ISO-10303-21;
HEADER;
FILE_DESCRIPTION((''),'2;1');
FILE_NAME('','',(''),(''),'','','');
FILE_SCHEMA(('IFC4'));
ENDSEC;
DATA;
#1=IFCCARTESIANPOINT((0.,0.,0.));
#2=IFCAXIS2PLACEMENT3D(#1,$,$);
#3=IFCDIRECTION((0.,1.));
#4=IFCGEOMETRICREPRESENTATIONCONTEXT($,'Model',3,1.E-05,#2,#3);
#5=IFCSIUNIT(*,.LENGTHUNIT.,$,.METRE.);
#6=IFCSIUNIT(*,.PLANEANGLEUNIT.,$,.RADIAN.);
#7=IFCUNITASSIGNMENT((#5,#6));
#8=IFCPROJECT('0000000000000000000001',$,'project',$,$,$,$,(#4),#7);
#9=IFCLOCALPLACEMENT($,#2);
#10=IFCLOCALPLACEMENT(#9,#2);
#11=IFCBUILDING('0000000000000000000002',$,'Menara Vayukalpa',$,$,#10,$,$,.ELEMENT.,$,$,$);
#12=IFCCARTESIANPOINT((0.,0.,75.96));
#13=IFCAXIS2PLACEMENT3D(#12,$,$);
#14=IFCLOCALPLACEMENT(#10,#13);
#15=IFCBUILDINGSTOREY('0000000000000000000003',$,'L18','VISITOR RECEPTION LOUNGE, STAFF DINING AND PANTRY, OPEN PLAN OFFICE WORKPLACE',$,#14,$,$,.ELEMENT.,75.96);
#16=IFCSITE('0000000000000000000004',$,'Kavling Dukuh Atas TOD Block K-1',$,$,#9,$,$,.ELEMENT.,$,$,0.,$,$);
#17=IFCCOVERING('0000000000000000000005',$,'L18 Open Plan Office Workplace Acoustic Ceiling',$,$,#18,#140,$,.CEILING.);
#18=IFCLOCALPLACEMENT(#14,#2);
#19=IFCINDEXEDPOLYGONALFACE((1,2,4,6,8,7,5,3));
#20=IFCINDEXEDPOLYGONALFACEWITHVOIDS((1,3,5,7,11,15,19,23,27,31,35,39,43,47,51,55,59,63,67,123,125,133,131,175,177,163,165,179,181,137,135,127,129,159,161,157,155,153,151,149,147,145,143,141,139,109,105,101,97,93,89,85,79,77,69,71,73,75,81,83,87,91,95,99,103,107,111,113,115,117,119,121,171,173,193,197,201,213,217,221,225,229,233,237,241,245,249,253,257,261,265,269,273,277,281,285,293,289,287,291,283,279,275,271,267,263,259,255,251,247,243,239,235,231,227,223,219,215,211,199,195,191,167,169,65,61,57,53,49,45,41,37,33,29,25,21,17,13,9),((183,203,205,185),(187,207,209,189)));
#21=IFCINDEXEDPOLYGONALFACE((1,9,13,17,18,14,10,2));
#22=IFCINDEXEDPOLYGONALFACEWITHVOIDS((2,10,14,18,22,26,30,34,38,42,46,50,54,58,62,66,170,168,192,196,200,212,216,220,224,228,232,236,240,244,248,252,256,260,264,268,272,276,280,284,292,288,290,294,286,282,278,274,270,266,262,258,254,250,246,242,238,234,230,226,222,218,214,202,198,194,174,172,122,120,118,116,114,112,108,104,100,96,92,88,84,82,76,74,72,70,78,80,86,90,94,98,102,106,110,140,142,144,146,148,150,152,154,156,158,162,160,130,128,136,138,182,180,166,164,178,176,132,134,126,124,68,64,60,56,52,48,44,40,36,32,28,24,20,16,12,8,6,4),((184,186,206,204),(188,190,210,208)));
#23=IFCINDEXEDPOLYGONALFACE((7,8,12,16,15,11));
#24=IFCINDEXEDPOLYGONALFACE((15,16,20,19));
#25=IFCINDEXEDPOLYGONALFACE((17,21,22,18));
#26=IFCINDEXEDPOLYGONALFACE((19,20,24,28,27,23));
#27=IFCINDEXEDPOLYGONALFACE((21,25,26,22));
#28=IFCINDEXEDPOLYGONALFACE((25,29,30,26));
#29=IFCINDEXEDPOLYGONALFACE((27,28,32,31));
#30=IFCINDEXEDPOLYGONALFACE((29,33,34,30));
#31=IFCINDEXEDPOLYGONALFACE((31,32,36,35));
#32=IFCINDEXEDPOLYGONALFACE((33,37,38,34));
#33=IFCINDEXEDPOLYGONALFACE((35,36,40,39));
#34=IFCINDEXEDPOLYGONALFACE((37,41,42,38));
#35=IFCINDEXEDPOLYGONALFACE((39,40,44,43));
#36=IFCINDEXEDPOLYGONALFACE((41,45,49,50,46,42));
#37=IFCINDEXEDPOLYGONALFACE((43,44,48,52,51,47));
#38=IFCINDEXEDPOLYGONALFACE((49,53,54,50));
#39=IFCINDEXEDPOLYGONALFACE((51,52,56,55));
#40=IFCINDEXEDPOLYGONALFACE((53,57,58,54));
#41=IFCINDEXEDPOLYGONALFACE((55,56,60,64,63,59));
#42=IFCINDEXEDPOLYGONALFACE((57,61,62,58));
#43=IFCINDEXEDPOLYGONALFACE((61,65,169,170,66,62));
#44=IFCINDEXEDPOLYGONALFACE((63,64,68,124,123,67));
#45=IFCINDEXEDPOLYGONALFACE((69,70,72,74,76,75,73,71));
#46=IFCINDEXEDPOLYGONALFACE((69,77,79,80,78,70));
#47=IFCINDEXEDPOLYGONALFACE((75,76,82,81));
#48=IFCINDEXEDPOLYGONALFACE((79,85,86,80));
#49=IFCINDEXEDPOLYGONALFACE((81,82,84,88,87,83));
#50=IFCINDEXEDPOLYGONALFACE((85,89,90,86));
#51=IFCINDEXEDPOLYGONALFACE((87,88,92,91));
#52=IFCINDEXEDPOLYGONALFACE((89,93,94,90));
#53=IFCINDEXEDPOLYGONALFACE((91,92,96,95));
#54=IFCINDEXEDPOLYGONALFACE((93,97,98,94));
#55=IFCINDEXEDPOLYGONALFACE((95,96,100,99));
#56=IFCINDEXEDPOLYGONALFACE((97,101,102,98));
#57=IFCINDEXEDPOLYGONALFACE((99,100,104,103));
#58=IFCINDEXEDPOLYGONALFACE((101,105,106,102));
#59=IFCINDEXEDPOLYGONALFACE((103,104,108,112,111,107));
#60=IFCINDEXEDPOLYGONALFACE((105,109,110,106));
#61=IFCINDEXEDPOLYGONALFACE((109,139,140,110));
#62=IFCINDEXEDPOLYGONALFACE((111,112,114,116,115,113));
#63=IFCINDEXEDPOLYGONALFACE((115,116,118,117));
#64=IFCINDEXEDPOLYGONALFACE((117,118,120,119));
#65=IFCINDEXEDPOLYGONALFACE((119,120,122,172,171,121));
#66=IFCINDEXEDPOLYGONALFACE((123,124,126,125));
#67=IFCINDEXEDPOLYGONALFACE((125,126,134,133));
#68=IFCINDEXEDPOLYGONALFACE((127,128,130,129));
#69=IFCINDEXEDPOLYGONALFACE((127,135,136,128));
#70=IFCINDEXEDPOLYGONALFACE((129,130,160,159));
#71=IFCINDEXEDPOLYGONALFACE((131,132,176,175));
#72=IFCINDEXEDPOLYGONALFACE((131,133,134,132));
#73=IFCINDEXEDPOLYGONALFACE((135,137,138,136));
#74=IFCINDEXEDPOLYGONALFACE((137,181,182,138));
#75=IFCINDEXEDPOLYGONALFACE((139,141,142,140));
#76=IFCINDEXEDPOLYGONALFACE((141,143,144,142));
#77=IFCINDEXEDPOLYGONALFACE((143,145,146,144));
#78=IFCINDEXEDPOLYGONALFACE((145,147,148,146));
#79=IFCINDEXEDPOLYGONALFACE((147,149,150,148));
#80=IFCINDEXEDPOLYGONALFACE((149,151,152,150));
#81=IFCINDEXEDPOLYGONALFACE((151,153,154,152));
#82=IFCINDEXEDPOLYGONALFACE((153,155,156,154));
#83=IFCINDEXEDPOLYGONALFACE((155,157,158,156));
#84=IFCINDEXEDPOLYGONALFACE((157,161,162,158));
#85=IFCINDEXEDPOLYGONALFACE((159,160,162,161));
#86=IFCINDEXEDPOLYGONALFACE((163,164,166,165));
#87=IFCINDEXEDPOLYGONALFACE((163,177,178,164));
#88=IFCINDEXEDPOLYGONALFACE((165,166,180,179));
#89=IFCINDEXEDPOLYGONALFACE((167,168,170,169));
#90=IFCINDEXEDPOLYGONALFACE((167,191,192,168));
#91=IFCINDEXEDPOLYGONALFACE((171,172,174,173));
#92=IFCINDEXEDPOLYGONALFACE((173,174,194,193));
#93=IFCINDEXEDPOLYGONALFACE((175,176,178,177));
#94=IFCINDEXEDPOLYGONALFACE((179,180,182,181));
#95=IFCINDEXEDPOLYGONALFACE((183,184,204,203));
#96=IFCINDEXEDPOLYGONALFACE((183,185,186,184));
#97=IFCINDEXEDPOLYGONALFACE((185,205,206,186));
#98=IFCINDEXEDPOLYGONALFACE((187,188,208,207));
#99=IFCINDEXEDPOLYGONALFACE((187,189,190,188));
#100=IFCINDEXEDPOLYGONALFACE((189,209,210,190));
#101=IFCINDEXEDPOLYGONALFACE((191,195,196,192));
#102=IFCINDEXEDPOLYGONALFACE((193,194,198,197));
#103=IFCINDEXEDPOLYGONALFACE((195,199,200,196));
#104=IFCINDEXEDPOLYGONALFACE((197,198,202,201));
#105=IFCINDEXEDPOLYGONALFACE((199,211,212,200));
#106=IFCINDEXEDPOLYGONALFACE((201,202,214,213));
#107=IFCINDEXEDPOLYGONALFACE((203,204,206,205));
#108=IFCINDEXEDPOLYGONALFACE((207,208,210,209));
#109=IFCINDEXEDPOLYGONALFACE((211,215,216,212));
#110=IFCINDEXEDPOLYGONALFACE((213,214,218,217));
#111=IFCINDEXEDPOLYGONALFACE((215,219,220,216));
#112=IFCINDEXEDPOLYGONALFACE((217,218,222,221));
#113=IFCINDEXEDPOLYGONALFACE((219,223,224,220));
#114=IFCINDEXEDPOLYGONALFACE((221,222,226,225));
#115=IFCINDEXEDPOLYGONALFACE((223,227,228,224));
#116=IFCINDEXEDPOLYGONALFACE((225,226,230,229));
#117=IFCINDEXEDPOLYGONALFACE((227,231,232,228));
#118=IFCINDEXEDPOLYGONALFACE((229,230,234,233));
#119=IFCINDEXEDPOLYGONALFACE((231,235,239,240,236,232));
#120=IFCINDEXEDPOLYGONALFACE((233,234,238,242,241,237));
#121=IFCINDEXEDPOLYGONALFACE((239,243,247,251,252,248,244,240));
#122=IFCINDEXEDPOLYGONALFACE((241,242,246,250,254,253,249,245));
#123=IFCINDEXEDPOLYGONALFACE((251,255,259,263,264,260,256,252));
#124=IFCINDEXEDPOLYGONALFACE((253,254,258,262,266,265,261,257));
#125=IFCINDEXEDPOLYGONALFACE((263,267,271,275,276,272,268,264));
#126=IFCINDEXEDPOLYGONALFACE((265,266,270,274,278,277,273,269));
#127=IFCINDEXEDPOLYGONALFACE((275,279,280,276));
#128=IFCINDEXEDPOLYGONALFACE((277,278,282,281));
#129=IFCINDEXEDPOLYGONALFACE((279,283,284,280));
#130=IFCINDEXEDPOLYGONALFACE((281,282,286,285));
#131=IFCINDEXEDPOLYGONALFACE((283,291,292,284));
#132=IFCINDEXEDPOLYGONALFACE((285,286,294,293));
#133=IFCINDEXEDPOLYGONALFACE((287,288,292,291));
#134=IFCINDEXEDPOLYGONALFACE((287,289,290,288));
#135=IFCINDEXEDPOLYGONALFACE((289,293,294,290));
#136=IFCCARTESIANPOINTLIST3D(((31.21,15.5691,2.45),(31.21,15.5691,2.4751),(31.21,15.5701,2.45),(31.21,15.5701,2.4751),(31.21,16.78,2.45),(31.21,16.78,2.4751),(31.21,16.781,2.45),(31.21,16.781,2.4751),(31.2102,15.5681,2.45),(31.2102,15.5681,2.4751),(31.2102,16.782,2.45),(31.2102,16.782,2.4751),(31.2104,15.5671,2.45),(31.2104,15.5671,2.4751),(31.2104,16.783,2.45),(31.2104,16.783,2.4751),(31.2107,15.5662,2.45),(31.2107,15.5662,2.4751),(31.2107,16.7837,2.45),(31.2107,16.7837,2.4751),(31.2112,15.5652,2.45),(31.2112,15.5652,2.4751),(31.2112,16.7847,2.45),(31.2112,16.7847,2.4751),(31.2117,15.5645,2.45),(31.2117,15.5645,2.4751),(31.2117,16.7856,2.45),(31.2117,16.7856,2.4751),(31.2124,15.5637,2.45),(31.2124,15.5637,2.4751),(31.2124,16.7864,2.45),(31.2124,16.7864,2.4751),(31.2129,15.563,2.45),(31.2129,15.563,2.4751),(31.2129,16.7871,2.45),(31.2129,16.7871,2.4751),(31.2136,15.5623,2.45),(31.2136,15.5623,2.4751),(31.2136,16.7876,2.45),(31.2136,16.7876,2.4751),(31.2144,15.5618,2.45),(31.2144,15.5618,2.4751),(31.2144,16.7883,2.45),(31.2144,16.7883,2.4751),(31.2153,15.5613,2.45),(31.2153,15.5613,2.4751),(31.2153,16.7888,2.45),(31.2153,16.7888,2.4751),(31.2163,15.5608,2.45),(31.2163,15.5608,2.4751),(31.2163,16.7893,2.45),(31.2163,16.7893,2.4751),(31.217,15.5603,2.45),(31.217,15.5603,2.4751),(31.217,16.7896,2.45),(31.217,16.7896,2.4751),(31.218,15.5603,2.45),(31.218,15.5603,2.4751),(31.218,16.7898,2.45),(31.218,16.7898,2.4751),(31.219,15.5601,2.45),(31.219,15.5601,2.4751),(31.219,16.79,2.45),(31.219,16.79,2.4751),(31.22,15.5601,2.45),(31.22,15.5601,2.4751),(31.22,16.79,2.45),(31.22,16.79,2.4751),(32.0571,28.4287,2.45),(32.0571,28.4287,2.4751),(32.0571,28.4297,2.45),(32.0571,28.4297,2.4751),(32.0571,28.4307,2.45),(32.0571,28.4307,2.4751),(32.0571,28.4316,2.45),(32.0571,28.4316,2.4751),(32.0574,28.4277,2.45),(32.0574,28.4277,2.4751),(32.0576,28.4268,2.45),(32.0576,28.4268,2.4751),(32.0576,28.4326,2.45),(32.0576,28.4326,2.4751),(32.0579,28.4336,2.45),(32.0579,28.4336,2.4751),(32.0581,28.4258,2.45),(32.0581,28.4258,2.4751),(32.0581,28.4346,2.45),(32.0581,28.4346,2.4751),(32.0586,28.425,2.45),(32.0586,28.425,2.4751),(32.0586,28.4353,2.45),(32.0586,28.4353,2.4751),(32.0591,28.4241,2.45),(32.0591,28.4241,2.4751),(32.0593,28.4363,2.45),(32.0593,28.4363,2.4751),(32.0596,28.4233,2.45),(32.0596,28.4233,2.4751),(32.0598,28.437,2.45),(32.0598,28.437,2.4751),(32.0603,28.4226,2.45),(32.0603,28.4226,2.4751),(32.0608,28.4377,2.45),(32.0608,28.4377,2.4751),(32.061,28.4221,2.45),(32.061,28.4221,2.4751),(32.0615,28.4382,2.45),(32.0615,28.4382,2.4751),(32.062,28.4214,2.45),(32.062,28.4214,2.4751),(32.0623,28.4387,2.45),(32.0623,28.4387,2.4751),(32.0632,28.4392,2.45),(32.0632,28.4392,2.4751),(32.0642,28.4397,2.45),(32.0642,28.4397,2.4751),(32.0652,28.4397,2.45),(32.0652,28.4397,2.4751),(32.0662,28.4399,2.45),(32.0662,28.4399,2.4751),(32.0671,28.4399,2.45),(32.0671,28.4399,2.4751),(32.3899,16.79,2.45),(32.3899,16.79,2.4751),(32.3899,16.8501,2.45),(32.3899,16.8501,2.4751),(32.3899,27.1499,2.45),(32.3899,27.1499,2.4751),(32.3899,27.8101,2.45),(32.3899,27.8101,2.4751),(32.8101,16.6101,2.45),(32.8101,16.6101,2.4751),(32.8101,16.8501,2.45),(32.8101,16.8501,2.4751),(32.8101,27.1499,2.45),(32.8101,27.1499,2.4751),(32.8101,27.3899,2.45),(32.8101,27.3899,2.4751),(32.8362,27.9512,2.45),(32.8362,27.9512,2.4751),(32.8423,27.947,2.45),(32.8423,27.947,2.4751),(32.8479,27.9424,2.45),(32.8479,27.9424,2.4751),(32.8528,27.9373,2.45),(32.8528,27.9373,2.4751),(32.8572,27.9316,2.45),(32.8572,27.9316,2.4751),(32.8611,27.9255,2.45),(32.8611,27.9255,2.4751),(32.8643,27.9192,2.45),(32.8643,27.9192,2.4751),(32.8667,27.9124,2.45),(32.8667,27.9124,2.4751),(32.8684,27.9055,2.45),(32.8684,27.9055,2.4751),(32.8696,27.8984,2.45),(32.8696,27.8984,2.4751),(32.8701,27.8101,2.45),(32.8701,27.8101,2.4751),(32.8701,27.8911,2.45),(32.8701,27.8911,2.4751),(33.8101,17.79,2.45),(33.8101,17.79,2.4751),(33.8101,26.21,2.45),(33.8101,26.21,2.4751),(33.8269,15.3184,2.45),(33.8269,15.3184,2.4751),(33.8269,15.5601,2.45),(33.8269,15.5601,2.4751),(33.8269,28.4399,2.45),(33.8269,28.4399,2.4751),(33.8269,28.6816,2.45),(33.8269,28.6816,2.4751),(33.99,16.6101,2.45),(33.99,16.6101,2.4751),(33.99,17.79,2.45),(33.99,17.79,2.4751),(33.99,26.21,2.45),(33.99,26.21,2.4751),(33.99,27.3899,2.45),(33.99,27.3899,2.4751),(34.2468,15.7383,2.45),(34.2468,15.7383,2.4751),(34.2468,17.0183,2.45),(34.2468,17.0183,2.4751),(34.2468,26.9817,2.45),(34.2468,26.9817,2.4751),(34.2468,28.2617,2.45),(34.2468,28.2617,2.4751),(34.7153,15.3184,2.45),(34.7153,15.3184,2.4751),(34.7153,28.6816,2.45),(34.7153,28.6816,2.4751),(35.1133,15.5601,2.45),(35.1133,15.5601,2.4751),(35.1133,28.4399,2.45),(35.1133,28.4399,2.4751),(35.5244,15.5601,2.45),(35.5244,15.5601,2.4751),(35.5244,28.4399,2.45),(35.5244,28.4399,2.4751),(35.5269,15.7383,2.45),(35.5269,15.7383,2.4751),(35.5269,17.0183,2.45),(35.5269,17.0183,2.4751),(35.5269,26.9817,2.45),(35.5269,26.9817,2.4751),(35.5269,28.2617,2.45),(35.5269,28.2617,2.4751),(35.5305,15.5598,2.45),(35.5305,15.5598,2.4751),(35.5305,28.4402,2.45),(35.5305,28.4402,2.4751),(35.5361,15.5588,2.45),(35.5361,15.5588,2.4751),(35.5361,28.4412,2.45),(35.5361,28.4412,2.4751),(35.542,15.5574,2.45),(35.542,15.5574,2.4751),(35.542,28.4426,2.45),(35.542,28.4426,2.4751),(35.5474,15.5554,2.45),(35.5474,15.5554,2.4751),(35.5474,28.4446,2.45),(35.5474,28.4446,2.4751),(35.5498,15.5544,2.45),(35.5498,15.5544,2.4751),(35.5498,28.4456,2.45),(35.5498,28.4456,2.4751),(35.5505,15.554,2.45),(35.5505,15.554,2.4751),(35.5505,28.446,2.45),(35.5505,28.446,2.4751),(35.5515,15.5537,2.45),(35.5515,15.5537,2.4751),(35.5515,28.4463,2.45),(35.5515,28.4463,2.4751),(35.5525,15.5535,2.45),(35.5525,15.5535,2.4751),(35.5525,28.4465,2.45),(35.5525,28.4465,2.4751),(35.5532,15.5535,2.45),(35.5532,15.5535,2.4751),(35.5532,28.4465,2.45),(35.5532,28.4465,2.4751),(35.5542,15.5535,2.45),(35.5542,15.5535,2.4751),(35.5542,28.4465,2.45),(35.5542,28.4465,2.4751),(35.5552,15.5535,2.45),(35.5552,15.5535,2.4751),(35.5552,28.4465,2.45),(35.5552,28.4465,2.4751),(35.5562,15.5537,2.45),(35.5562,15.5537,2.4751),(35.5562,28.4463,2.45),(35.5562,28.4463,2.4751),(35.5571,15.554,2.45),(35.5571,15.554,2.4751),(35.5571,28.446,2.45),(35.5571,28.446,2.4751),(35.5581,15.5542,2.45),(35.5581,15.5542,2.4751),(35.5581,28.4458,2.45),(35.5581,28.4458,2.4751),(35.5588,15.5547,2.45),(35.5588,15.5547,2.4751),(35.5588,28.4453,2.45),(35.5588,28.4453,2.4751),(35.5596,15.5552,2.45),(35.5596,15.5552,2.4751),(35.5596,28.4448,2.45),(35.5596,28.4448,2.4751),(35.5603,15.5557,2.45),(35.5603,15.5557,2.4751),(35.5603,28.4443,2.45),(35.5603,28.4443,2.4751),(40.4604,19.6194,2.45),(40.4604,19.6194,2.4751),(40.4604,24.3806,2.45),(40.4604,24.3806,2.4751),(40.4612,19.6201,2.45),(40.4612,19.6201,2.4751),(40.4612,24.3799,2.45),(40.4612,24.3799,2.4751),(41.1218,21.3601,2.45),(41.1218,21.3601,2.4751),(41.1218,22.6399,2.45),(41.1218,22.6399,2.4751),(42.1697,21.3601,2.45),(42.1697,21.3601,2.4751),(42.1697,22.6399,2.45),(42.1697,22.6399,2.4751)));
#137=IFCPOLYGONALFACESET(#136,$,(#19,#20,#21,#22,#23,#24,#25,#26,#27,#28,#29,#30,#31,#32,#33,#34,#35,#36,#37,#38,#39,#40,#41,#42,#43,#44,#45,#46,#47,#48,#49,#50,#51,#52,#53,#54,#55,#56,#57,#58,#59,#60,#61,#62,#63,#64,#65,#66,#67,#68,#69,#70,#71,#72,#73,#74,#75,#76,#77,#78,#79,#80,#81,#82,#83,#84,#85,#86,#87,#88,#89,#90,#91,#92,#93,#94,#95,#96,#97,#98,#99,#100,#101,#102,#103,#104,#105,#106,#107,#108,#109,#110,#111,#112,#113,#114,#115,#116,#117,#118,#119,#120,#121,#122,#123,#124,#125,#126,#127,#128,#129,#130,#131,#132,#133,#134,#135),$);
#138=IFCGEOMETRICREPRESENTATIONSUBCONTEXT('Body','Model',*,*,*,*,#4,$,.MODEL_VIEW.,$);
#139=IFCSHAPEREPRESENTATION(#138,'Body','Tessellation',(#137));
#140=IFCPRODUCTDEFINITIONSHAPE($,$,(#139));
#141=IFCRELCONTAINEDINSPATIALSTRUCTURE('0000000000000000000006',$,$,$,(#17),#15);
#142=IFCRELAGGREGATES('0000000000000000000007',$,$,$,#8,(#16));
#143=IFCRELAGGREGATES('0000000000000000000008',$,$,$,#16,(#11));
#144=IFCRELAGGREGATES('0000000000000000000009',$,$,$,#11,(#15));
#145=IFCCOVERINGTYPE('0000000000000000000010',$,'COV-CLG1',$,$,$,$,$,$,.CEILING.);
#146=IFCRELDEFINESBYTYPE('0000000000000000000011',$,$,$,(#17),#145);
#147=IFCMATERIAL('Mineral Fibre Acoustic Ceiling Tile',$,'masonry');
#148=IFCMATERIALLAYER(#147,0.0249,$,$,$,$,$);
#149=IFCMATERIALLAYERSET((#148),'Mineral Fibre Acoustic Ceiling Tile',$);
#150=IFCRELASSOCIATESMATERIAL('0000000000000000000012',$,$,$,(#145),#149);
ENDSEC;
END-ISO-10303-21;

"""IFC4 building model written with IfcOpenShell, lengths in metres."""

from ifc_helpers import new_model, si_unit, direction, frame, origin, place, context, subcontext, project, spatial, polyline, outline, extrude, material, layer, layer_set, type_object, element, save


model = new_model("IFC4")

# Units and contexts
model_context = context("Model", 3, precision=1e-05, world=origin(), true_north=direction((0.0, 1.0)))
body_context = subcontext(model_context, "Body", "Model", "MODEL_VIEW")
ifc_project = project(units=[si_unit("LENGTHUNIT", "METRE"), si_unit("PLANEANGLEUNIT", "RADIAN")], contexts=[model_context])

# Site, building, storey
site_placement = place(None, origin())
site = spatial("IfcSite", under=ifc_project, at=site_placement, Name="Kavling Dukuh Atas TOD Block K-1", CompositionType="ELEMENT", RefElevation=0.0)
building_placement = place(site_placement, origin())
building = spatial("IfcBuilding", under=site, at=building_placement, Name="Menara Vayukalpa", CompositionType="ELEMENT")
storey_placement = place(building_placement, frame((0.0, 0.0, 75.96)))
storey = spatial("IfcBuildingStorey", under=building, at=storey_placement, Name="L18", Description="VISITOR RECEPTION LOUNGE, STAFF DINING AND PANTRY, OPEN PLAN OFFICE WORKPLACE", CompositionType="ELEMENT", Elevation=75.96)

# Covering
ifc_material_1 = material(Name="Mineral Fibre Acoustic Ceiling Tile", Category="masonry")
ifc_layer_1 = layer(ifc_material_1, 0.0249)
ifc_layer_set_1 = layer_set([ifc_layer_1], Name="Mineral Fibre Acoustic Ceiling Tile")
covering_type_1 = type_object("IfcCoveringType", Name="COV-CLG1", PredefinedType="CEILING", material=ifc_layer_set_1)
covering_1_placement = place(storey_placement, frame((0.0, 0.0, 2.45)))
element("IfcCovering", 1, at=covering_1_placement, inside=storey, type_object=covering_type_1, Name="L18 Open Plan Office Workplace Acoustic Ceiling", PredefinedType="CEILING", context=body_context, shape_type="SweptSolid", body=[
    extrude(outline(polyline([(31.219, 15.5601), (31.218, 15.5603), (31.217, 15.5603), (31.2163, 15.5608), (31.2153, 15.5613), (31.2144, 15.5618), (31.2136, 15.5623), (31.2129, 15.563), (31.2124, 15.5637), (31.2117, 15.5645), (31.2112, 15.5652), (31.2107, 15.5662), (31.2104, 15.5671), (31.2102, 15.5681), (31.21, 15.5691), (31.21, 15.5701), (31.21, 16.78), (31.21, 16.781), (31.2102, 16.782), (31.2104, 16.783), (31.2107, 16.7837), (31.2112, 16.7847), (31.2117, 16.7856), (31.2124, 16.7864), (31.2129, 16.7871), (31.2136, 16.7876), (31.2144, 16.7883), (31.2153, 16.7888), (31.2163, 16.7893), (31.217, 16.7896), (31.218, 16.7898), (31.219, 16.79), (31.22, 16.79), (32.3899, 16.79), (32.3899, 16.8501), (32.8101, 16.8501), (32.8101, 16.6101), (33.99, 16.6101), (33.99, 17.79), (33.8101, 17.79), (33.8101, 26.21), (33.99, 26.21), (33.99, 27.3899), (32.8101, 27.3899), (32.8101, 27.1499), (32.3899, 27.1499), (32.3899, 27.8101), (32.8701, 27.8101), (32.8701, 27.8911), (32.8696, 27.8984), (32.8684, 27.9055), (32.8667, 27.9124), (32.8643, 27.9192), (32.8611, 27.9255), (32.8572, 27.9316), (32.8528, 27.9373), (32.8479, 27.9424), (32.8423, 27.947), (32.8362, 27.9512), (32.062, 28.4214), (32.061, 28.4221), (32.0603, 28.4226), (32.0596, 28.4233), (32.0591, 28.4241), (32.0586, 28.425), (32.0581, 28.4258), (32.0576, 28.4268), (32.0574, 28.4277), (32.0571, 28.4287), (32.0571, 28.4297), (32.0571, 28.4307), (32.0571, 28.4316), (32.0576, 28.4326), (32.0579, 28.4336), (32.0581, 28.4346), (32.0586, 28.4353), (32.0593, 28.4363), (32.0598, 28.437), (32.0608, 28.4377), (32.0615, 28.4382), (32.0623, 28.4387), (32.0632, 28.4392), (32.0642, 28.4397), (32.0652, 28.4397), (32.0662, 28.4399), (32.0671, 28.4399), (33.8269, 28.4399), (33.8269, 28.6816), (34.7153, 28.6816), (35.1133, 28.4399), (35.5244, 28.4399), (35.5305, 28.4402), (35.5361, 28.4412), (35.542, 28.4426), (35.5474, 28.4446), (35.5498, 28.4456), (35.5505, 28.446), (35.5515, 28.4463), (35.5525, 28.4465), (35.5532, 28.4465), (35.5542, 28.4465), (35.5552, 28.4465), (35.5562, 28.4463), (35.5571, 28.446), (35.5581, 28.4458), (35.5588, 28.4453), (35.5596, 28.4448), (35.5603, 28.4443), (40.4604, 24.3806), (40.4612, 24.3799), (42.1697, 22.6399), (41.1218, 22.6399), (41.1218, 21.3601), (42.1697, 21.3601), (40.4612, 19.6201), (40.4604, 19.6194), (35.5603, 15.5557), (35.5596, 15.5552), (35.5588, 15.5547), (35.5581, 15.5542), (35.5571, 15.554), (35.5562, 15.5537), (35.5552, 15.5535), (35.5542, 15.5535), (35.5532, 15.5535), (35.5525, 15.5535), (35.5515, 15.5537), (35.5505, 15.554), (35.5498, 15.5544), (35.5474, 15.5554), (35.542, 15.5574), (35.5361, 15.5588), (35.5305, 15.5598), (35.5244, 15.5601), (35.1133, 15.5601), (34.7153, 15.3184), (33.8269, 15.3184), (33.8269, 15.5601), (31.22, 15.5601), (31.219, 15.5601)]), holes=[polyline([(35.5269, 17.0183), (34.2468, 17.0183), (34.2468, 15.7383), (35.5269, 15.7383), (35.5269, 17.0183)]), polyline([(35.5269, 26.9817), (35.5269, 28.2617), (34.2468, 28.2617), (34.2468, 26.9817), (35.5269, 26.9817)])]), origin(), (0.0, 0.0, 1.0), 0.0251),
])

save(model, "model.ifc")
